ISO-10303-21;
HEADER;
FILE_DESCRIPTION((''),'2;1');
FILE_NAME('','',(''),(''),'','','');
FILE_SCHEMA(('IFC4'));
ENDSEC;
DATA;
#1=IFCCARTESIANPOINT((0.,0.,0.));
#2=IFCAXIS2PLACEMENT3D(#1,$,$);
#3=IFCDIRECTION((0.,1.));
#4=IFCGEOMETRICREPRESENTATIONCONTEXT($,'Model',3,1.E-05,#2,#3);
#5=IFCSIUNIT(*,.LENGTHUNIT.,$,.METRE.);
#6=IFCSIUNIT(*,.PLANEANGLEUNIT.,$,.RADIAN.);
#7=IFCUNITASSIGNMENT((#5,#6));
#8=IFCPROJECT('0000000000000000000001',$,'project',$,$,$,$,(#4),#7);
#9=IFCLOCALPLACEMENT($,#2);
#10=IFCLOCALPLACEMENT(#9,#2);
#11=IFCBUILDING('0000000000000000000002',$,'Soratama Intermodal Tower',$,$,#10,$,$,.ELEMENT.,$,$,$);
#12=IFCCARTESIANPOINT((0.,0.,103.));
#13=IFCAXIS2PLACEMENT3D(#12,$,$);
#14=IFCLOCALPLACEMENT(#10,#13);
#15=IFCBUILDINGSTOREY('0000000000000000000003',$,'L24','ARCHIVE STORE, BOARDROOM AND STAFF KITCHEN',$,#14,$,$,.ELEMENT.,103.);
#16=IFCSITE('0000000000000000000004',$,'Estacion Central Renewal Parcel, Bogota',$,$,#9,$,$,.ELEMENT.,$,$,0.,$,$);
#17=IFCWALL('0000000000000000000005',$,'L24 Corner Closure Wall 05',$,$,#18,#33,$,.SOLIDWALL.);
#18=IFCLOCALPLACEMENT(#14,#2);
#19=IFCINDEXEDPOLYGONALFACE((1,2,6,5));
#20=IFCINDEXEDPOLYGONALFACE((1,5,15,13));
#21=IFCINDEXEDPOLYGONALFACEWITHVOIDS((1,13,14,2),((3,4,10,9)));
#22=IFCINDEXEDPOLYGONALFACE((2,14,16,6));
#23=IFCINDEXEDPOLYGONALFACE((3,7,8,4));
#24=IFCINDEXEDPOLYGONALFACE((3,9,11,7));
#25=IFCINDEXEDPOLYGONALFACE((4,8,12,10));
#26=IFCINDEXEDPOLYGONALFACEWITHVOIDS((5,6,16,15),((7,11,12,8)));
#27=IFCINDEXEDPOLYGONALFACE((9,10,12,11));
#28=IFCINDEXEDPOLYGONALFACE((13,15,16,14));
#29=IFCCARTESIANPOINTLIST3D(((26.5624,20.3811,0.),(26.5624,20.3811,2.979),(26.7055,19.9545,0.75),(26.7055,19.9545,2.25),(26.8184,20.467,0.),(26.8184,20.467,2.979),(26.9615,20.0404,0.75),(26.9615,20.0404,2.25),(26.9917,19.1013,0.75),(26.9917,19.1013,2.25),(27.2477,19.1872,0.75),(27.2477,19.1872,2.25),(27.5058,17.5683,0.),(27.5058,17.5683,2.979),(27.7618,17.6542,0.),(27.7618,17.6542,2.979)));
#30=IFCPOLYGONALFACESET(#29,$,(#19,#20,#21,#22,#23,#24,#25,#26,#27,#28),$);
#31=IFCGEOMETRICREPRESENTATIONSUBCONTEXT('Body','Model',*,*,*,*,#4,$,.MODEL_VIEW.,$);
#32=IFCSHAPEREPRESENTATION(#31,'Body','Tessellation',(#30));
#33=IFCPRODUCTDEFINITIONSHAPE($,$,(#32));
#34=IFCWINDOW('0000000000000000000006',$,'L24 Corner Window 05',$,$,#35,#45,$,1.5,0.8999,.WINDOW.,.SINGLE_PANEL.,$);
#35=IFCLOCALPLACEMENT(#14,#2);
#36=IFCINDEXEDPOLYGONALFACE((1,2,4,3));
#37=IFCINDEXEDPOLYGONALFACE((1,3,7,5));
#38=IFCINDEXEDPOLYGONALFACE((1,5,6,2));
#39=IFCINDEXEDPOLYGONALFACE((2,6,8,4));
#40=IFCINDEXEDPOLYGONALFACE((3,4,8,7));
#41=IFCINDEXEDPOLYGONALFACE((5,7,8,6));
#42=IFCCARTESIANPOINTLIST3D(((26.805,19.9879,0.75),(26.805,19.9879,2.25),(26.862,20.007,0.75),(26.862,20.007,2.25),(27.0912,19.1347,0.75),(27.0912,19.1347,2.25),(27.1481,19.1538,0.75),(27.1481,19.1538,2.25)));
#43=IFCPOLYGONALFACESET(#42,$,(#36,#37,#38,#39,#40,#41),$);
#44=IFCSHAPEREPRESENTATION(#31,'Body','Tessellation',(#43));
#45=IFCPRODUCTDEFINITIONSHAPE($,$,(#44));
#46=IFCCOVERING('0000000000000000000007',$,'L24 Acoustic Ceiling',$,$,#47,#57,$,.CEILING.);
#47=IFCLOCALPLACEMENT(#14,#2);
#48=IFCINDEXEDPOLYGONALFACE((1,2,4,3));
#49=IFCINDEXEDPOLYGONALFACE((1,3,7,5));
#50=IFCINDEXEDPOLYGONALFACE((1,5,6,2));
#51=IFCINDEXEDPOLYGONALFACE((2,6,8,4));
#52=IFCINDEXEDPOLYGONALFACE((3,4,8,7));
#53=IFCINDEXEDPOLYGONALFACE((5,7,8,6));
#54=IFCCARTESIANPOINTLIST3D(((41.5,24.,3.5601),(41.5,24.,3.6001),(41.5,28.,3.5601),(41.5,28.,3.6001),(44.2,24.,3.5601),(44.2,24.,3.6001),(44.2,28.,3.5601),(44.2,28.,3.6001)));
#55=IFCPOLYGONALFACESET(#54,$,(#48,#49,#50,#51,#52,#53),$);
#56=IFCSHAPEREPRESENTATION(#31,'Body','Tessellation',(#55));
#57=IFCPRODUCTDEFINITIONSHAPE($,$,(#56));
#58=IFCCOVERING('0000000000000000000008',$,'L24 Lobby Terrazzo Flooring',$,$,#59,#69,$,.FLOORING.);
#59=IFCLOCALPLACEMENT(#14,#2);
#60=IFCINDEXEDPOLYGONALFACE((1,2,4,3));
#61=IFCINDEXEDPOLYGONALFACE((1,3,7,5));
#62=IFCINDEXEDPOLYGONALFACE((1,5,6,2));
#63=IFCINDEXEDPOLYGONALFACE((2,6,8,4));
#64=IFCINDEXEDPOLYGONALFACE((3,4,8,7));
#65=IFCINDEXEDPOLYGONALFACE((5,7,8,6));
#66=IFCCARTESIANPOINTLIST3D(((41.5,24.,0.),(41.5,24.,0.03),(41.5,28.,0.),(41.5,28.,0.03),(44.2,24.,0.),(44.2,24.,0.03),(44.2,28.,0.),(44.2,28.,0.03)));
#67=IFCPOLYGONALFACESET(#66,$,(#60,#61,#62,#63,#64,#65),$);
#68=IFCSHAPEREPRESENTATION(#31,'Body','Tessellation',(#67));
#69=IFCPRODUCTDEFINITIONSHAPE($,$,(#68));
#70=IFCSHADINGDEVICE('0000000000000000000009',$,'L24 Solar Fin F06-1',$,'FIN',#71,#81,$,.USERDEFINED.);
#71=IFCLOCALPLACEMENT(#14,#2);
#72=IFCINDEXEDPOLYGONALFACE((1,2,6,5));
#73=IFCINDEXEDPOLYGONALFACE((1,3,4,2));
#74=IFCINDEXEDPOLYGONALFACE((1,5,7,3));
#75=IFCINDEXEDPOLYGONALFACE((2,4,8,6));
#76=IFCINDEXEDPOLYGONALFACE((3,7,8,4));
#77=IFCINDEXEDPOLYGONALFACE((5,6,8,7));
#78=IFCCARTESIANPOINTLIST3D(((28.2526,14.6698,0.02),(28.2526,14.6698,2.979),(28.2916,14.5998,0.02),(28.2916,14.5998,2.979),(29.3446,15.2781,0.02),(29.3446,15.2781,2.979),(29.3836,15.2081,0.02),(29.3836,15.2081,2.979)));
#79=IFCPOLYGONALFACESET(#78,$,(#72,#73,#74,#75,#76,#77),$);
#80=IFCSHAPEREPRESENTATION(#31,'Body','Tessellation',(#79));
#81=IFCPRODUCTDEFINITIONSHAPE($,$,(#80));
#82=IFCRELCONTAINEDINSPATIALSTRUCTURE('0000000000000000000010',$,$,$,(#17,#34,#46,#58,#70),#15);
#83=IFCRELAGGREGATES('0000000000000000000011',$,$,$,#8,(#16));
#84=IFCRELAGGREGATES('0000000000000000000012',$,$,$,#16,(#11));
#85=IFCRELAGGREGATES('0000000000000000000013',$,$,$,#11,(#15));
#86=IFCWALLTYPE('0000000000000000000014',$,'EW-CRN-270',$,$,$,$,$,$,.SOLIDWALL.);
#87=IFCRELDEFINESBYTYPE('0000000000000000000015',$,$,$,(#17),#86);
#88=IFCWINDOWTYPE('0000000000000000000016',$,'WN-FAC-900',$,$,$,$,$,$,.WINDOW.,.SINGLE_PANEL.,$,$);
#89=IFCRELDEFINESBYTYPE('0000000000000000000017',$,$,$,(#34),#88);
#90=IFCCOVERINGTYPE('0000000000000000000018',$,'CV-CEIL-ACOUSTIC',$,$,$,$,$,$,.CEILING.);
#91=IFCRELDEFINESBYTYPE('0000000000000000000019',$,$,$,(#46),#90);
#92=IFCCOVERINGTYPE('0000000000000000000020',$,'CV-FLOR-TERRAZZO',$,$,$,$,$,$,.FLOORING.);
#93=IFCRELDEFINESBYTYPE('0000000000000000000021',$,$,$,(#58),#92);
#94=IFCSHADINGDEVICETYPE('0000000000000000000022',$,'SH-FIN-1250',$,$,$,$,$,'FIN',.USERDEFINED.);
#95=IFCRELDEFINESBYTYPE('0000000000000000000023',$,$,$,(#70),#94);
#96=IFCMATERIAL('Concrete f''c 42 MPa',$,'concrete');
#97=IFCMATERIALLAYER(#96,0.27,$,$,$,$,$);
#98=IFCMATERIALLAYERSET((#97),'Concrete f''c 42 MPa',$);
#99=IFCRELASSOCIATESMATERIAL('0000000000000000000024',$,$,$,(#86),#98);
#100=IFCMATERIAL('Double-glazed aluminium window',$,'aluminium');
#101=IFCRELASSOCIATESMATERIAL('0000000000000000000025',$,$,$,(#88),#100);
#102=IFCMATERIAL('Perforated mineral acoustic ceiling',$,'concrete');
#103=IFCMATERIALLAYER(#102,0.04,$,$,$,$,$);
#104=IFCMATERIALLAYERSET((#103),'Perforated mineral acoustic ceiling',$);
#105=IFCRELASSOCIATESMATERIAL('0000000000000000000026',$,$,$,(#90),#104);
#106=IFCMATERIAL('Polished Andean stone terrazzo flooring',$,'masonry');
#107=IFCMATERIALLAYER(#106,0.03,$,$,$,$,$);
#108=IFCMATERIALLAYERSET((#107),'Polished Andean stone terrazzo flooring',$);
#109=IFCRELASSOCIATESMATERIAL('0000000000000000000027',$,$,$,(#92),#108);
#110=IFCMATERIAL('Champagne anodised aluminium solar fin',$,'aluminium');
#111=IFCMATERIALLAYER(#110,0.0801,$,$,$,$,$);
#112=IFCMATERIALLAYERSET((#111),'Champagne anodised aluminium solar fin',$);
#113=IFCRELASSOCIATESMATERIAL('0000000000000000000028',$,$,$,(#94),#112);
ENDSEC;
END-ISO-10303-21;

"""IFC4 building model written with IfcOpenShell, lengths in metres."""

from ifc_helpers import new_model, si_unit, direction, frame, frame_2d, origin, origin_2d, place, context, subcontext, project, spatial, polyline, rectangle, outline, extrude, material, layer, layer_set, type_object, element, fill, save


model = new_model("IFC4")

# Units and contexts
model_context = context("Model", 3, precision=1e-05, world=origin(), true_north=direction((0.0, 1.0)))
body_context = subcontext(model_context, "Body", "Model", "MODEL_VIEW")
ifc_project = project(units=[si_unit("LENGTHUNIT", "METRE"), si_unit("PLANEANGLEUNIT", "RADIAN")], contexts=[model_context])

# Site, building, storey
site_placement = place(None, origin())
site = spatial("IfcSite", under=ifc_project, at=site_placement, Name="Estacion Central Renewal Parcel, Bogota", CompositionType="ELEMENT", RefElevation=0.0)
building_placement = place(site_placement, origin())
building = spatial("IfcBuilding", under=site, at=building_placement, Name="Soratama Intermodal Tower", CompositionType="ELEMENT")
storey_placement = place(building_placement, frame((0.0, 0.0, 103.0)))
storey = spatial("IfcBuildingStorey", under=building, at=storey_placement, Name="L24", Description="ARCHIVE STORE, BOARDROOM AND STAFF KITCHEN", CompositionType="ELEMENT", Elevation=103.0)

# Wall, opening, window
ifc_material_1 = material(Name="Concrete f'c 42 MPa", Category="concrete")
ifc_layer_1 = layer(ifc_material_1, 0.27)
ifc_layer_set_1 = layer_set([ifc_layer_1], Name="Concrete f'c 42 MPa")
wall_type = type_object("IfcWallType", Name="EW-CRN-270", PredefinedType="SOLIDWALL", material=ifc_layer_set_1)
wall_placement = place(storey_placement, frame((26.6904, 20.4241, 0.0), z_axis=(0.0, 0.0, 1.0), x_axis=(0.31798, -0.948097, 0.0)))
wall = element("IfcWall", 1, at=wall_placement, inside=storey, type_object=wall_type, Name="L24 Corner Closure Wall 05", PredefinedType="SOLIDWALL", context=body_context, shape_type="SweptSolid", body=[
    extrude(rectangle(XDim=2.9668, YDim=0.27, at=frame_2d((1.4834, 0.0))), origin(), (0.0, 0.0, 1.0), 2.979),
])
opening_placement = place(wall_placement, frame((0.45, 0.0, 0.75)))
opening = element("IfcOpeningElement", 2, at=opening_placement, cuts=wall, PredefinedType="OPENING", context=body_context, shape_type="SweptSolid", body=[
    extrude(rectangle(XDim=0.8999, YDim=1.5, at=frame_2d((0.45, 0.75))), frame((0.0, 0.145, 0.0), z_axis=(0.0, -1.0, 0.0), x_axis=(1.0, 0.0, 0.0)), (0.0, 0.0, 1.0), 0.29),
])
ifc_material_2 = material(Name="Double-glazed aluminium window", Category="aluminium")
window_type = type_object("IfcWindowType", Name="WN-FAC-900", PartitioningType="SINGLE_PANEL", PredefinedType="WINDOW", material=ifc_material_2)
window_placement = place(opening_placement, origin())
window = element("IfcWindow", 3, at=window_placement, inside=storey, type_object=window_type, Name="L24 Corner Window 05", OverallHeight=1.5, OverallWidth=0.8999, PartitioningType="SINGLE_PANEL", PredefinedType="WINDOW", context=body_context, shape_type="SweptSolid", body=[
    extrude(rectangle(XDim=0.8999, YDim=1.5, at=frame_2d((0.45, 0.75))), frame((0.0, 0.03, 0.0), z_axis=(0.0, -1.0, 0.0), x_axis=(1.0, 0.0, 0.0)), (0.0, 0.0, 1.0), 0.0601),
])
fill(opening, window)

# Coverings
ifc_material_3 = material(Name="Perforated mineral acoustic ceiling", Category="concrete")
ifc_layer_2 = layer(ifc_material_3, 0.04)
ifc_layer_set_2 = layer_set([ifc_layer_2], Name="Perforated mineral acoustic ceiling")
covering_type_1 = type_object("IfcCoveringType", Name="CV-CEIL-ACOUSTIC", PredefinedType="CEILING", material=ifc_layer_set_2)
covering_1_placement = place(storey_placement, frame((0.0, 0.0, 3.5601)))
element("IfcCovering", 4, at=covering_1_placement, inside=storey, type_object=covering_type_1, Name="L24 Acoustic Ceiling", PredefinedType="CEILING", context=body_context, shape_type="SweptSolid", body=[
    extrude(outline(polyline([(41.5, 24.0), (44.2, 24.0), (44.2, 28.0), (41.5, 28.0), (41.5, 24.0)])), origin(), (0.0, 0.0, 1.0), 0.04),
])
ifc_material_4 = material(Name="Polished Andean stone terrazzo flooring", Category="masonry")
ifc_layer_3 = layer(ifc_material_4, 0.03)
ifc_layer_set_3 = layer_set([ifc_layer_3], Name="Polished Andean stone terrazzo flooring")
covering_type_2 = type_object("IfcCoveringType", Name="CV-FLOR-TERRAZZO", PredefinedType="FLOORING", material=ifc_layer_set_3)
covering_2_placement = place(storey_placement, origin())
element("IfcCovering", 5, at=covering_2_placement, inside=storey, type_object=covering_type_2, Name="L24 Lobby Terrazzo Flooring", PredefinedType="FLOORING", context=body_context, shape_type="SweptSolid", body=[
    extrude(outline(polyline([(41.5, 24.0), (44.2, 24.0), (44.2, 28.0), (41.5, 28.0), (41.5, 24.0)])), origin(), (0.0, 0.0, 1.0), 0.03),
])

# Shading device
ifc_material_5 = material(Name="Champagne anodised aluminium solar fin", Category="aluminium")
ifc_layer_4 = layer(ifc_material_5, 0.0801)
ifc_layer_set_4 = layer_set([ifc_layer_4], Name="Champagne anodised aluminium solar fin")
shading_device_type = type_object("IfcShadingDeviceType", Name="SH-FIN-1250", ElementType="FIN", PredefinedType="USERDEFINED", material=ifc_layer_set_4)
shading_device_placement = place(storey_placement, frame((28.8181, 14.939, 0.02), z_axis=(0.0, 0.0, 1.0), x_axis=(-0.873602, -0.48664, 0.0)))
element("IfcShadingDevice", 6, at=shading_device_placement, inside=storey, type_object=shading_device_type, Name="L24 Solar Fin F06-1", ObjectType="FIN", PredefinedType="USERDEFINED", context=body_context, shape_type="SweptSolid", body=[
    extrude(rectangle(XDim=1.25, YDim=0.0801, at=origin_2d()), origin(), (0.0, 0.0, 1.0), 2.959),
])

save(model, "model.ifc")
